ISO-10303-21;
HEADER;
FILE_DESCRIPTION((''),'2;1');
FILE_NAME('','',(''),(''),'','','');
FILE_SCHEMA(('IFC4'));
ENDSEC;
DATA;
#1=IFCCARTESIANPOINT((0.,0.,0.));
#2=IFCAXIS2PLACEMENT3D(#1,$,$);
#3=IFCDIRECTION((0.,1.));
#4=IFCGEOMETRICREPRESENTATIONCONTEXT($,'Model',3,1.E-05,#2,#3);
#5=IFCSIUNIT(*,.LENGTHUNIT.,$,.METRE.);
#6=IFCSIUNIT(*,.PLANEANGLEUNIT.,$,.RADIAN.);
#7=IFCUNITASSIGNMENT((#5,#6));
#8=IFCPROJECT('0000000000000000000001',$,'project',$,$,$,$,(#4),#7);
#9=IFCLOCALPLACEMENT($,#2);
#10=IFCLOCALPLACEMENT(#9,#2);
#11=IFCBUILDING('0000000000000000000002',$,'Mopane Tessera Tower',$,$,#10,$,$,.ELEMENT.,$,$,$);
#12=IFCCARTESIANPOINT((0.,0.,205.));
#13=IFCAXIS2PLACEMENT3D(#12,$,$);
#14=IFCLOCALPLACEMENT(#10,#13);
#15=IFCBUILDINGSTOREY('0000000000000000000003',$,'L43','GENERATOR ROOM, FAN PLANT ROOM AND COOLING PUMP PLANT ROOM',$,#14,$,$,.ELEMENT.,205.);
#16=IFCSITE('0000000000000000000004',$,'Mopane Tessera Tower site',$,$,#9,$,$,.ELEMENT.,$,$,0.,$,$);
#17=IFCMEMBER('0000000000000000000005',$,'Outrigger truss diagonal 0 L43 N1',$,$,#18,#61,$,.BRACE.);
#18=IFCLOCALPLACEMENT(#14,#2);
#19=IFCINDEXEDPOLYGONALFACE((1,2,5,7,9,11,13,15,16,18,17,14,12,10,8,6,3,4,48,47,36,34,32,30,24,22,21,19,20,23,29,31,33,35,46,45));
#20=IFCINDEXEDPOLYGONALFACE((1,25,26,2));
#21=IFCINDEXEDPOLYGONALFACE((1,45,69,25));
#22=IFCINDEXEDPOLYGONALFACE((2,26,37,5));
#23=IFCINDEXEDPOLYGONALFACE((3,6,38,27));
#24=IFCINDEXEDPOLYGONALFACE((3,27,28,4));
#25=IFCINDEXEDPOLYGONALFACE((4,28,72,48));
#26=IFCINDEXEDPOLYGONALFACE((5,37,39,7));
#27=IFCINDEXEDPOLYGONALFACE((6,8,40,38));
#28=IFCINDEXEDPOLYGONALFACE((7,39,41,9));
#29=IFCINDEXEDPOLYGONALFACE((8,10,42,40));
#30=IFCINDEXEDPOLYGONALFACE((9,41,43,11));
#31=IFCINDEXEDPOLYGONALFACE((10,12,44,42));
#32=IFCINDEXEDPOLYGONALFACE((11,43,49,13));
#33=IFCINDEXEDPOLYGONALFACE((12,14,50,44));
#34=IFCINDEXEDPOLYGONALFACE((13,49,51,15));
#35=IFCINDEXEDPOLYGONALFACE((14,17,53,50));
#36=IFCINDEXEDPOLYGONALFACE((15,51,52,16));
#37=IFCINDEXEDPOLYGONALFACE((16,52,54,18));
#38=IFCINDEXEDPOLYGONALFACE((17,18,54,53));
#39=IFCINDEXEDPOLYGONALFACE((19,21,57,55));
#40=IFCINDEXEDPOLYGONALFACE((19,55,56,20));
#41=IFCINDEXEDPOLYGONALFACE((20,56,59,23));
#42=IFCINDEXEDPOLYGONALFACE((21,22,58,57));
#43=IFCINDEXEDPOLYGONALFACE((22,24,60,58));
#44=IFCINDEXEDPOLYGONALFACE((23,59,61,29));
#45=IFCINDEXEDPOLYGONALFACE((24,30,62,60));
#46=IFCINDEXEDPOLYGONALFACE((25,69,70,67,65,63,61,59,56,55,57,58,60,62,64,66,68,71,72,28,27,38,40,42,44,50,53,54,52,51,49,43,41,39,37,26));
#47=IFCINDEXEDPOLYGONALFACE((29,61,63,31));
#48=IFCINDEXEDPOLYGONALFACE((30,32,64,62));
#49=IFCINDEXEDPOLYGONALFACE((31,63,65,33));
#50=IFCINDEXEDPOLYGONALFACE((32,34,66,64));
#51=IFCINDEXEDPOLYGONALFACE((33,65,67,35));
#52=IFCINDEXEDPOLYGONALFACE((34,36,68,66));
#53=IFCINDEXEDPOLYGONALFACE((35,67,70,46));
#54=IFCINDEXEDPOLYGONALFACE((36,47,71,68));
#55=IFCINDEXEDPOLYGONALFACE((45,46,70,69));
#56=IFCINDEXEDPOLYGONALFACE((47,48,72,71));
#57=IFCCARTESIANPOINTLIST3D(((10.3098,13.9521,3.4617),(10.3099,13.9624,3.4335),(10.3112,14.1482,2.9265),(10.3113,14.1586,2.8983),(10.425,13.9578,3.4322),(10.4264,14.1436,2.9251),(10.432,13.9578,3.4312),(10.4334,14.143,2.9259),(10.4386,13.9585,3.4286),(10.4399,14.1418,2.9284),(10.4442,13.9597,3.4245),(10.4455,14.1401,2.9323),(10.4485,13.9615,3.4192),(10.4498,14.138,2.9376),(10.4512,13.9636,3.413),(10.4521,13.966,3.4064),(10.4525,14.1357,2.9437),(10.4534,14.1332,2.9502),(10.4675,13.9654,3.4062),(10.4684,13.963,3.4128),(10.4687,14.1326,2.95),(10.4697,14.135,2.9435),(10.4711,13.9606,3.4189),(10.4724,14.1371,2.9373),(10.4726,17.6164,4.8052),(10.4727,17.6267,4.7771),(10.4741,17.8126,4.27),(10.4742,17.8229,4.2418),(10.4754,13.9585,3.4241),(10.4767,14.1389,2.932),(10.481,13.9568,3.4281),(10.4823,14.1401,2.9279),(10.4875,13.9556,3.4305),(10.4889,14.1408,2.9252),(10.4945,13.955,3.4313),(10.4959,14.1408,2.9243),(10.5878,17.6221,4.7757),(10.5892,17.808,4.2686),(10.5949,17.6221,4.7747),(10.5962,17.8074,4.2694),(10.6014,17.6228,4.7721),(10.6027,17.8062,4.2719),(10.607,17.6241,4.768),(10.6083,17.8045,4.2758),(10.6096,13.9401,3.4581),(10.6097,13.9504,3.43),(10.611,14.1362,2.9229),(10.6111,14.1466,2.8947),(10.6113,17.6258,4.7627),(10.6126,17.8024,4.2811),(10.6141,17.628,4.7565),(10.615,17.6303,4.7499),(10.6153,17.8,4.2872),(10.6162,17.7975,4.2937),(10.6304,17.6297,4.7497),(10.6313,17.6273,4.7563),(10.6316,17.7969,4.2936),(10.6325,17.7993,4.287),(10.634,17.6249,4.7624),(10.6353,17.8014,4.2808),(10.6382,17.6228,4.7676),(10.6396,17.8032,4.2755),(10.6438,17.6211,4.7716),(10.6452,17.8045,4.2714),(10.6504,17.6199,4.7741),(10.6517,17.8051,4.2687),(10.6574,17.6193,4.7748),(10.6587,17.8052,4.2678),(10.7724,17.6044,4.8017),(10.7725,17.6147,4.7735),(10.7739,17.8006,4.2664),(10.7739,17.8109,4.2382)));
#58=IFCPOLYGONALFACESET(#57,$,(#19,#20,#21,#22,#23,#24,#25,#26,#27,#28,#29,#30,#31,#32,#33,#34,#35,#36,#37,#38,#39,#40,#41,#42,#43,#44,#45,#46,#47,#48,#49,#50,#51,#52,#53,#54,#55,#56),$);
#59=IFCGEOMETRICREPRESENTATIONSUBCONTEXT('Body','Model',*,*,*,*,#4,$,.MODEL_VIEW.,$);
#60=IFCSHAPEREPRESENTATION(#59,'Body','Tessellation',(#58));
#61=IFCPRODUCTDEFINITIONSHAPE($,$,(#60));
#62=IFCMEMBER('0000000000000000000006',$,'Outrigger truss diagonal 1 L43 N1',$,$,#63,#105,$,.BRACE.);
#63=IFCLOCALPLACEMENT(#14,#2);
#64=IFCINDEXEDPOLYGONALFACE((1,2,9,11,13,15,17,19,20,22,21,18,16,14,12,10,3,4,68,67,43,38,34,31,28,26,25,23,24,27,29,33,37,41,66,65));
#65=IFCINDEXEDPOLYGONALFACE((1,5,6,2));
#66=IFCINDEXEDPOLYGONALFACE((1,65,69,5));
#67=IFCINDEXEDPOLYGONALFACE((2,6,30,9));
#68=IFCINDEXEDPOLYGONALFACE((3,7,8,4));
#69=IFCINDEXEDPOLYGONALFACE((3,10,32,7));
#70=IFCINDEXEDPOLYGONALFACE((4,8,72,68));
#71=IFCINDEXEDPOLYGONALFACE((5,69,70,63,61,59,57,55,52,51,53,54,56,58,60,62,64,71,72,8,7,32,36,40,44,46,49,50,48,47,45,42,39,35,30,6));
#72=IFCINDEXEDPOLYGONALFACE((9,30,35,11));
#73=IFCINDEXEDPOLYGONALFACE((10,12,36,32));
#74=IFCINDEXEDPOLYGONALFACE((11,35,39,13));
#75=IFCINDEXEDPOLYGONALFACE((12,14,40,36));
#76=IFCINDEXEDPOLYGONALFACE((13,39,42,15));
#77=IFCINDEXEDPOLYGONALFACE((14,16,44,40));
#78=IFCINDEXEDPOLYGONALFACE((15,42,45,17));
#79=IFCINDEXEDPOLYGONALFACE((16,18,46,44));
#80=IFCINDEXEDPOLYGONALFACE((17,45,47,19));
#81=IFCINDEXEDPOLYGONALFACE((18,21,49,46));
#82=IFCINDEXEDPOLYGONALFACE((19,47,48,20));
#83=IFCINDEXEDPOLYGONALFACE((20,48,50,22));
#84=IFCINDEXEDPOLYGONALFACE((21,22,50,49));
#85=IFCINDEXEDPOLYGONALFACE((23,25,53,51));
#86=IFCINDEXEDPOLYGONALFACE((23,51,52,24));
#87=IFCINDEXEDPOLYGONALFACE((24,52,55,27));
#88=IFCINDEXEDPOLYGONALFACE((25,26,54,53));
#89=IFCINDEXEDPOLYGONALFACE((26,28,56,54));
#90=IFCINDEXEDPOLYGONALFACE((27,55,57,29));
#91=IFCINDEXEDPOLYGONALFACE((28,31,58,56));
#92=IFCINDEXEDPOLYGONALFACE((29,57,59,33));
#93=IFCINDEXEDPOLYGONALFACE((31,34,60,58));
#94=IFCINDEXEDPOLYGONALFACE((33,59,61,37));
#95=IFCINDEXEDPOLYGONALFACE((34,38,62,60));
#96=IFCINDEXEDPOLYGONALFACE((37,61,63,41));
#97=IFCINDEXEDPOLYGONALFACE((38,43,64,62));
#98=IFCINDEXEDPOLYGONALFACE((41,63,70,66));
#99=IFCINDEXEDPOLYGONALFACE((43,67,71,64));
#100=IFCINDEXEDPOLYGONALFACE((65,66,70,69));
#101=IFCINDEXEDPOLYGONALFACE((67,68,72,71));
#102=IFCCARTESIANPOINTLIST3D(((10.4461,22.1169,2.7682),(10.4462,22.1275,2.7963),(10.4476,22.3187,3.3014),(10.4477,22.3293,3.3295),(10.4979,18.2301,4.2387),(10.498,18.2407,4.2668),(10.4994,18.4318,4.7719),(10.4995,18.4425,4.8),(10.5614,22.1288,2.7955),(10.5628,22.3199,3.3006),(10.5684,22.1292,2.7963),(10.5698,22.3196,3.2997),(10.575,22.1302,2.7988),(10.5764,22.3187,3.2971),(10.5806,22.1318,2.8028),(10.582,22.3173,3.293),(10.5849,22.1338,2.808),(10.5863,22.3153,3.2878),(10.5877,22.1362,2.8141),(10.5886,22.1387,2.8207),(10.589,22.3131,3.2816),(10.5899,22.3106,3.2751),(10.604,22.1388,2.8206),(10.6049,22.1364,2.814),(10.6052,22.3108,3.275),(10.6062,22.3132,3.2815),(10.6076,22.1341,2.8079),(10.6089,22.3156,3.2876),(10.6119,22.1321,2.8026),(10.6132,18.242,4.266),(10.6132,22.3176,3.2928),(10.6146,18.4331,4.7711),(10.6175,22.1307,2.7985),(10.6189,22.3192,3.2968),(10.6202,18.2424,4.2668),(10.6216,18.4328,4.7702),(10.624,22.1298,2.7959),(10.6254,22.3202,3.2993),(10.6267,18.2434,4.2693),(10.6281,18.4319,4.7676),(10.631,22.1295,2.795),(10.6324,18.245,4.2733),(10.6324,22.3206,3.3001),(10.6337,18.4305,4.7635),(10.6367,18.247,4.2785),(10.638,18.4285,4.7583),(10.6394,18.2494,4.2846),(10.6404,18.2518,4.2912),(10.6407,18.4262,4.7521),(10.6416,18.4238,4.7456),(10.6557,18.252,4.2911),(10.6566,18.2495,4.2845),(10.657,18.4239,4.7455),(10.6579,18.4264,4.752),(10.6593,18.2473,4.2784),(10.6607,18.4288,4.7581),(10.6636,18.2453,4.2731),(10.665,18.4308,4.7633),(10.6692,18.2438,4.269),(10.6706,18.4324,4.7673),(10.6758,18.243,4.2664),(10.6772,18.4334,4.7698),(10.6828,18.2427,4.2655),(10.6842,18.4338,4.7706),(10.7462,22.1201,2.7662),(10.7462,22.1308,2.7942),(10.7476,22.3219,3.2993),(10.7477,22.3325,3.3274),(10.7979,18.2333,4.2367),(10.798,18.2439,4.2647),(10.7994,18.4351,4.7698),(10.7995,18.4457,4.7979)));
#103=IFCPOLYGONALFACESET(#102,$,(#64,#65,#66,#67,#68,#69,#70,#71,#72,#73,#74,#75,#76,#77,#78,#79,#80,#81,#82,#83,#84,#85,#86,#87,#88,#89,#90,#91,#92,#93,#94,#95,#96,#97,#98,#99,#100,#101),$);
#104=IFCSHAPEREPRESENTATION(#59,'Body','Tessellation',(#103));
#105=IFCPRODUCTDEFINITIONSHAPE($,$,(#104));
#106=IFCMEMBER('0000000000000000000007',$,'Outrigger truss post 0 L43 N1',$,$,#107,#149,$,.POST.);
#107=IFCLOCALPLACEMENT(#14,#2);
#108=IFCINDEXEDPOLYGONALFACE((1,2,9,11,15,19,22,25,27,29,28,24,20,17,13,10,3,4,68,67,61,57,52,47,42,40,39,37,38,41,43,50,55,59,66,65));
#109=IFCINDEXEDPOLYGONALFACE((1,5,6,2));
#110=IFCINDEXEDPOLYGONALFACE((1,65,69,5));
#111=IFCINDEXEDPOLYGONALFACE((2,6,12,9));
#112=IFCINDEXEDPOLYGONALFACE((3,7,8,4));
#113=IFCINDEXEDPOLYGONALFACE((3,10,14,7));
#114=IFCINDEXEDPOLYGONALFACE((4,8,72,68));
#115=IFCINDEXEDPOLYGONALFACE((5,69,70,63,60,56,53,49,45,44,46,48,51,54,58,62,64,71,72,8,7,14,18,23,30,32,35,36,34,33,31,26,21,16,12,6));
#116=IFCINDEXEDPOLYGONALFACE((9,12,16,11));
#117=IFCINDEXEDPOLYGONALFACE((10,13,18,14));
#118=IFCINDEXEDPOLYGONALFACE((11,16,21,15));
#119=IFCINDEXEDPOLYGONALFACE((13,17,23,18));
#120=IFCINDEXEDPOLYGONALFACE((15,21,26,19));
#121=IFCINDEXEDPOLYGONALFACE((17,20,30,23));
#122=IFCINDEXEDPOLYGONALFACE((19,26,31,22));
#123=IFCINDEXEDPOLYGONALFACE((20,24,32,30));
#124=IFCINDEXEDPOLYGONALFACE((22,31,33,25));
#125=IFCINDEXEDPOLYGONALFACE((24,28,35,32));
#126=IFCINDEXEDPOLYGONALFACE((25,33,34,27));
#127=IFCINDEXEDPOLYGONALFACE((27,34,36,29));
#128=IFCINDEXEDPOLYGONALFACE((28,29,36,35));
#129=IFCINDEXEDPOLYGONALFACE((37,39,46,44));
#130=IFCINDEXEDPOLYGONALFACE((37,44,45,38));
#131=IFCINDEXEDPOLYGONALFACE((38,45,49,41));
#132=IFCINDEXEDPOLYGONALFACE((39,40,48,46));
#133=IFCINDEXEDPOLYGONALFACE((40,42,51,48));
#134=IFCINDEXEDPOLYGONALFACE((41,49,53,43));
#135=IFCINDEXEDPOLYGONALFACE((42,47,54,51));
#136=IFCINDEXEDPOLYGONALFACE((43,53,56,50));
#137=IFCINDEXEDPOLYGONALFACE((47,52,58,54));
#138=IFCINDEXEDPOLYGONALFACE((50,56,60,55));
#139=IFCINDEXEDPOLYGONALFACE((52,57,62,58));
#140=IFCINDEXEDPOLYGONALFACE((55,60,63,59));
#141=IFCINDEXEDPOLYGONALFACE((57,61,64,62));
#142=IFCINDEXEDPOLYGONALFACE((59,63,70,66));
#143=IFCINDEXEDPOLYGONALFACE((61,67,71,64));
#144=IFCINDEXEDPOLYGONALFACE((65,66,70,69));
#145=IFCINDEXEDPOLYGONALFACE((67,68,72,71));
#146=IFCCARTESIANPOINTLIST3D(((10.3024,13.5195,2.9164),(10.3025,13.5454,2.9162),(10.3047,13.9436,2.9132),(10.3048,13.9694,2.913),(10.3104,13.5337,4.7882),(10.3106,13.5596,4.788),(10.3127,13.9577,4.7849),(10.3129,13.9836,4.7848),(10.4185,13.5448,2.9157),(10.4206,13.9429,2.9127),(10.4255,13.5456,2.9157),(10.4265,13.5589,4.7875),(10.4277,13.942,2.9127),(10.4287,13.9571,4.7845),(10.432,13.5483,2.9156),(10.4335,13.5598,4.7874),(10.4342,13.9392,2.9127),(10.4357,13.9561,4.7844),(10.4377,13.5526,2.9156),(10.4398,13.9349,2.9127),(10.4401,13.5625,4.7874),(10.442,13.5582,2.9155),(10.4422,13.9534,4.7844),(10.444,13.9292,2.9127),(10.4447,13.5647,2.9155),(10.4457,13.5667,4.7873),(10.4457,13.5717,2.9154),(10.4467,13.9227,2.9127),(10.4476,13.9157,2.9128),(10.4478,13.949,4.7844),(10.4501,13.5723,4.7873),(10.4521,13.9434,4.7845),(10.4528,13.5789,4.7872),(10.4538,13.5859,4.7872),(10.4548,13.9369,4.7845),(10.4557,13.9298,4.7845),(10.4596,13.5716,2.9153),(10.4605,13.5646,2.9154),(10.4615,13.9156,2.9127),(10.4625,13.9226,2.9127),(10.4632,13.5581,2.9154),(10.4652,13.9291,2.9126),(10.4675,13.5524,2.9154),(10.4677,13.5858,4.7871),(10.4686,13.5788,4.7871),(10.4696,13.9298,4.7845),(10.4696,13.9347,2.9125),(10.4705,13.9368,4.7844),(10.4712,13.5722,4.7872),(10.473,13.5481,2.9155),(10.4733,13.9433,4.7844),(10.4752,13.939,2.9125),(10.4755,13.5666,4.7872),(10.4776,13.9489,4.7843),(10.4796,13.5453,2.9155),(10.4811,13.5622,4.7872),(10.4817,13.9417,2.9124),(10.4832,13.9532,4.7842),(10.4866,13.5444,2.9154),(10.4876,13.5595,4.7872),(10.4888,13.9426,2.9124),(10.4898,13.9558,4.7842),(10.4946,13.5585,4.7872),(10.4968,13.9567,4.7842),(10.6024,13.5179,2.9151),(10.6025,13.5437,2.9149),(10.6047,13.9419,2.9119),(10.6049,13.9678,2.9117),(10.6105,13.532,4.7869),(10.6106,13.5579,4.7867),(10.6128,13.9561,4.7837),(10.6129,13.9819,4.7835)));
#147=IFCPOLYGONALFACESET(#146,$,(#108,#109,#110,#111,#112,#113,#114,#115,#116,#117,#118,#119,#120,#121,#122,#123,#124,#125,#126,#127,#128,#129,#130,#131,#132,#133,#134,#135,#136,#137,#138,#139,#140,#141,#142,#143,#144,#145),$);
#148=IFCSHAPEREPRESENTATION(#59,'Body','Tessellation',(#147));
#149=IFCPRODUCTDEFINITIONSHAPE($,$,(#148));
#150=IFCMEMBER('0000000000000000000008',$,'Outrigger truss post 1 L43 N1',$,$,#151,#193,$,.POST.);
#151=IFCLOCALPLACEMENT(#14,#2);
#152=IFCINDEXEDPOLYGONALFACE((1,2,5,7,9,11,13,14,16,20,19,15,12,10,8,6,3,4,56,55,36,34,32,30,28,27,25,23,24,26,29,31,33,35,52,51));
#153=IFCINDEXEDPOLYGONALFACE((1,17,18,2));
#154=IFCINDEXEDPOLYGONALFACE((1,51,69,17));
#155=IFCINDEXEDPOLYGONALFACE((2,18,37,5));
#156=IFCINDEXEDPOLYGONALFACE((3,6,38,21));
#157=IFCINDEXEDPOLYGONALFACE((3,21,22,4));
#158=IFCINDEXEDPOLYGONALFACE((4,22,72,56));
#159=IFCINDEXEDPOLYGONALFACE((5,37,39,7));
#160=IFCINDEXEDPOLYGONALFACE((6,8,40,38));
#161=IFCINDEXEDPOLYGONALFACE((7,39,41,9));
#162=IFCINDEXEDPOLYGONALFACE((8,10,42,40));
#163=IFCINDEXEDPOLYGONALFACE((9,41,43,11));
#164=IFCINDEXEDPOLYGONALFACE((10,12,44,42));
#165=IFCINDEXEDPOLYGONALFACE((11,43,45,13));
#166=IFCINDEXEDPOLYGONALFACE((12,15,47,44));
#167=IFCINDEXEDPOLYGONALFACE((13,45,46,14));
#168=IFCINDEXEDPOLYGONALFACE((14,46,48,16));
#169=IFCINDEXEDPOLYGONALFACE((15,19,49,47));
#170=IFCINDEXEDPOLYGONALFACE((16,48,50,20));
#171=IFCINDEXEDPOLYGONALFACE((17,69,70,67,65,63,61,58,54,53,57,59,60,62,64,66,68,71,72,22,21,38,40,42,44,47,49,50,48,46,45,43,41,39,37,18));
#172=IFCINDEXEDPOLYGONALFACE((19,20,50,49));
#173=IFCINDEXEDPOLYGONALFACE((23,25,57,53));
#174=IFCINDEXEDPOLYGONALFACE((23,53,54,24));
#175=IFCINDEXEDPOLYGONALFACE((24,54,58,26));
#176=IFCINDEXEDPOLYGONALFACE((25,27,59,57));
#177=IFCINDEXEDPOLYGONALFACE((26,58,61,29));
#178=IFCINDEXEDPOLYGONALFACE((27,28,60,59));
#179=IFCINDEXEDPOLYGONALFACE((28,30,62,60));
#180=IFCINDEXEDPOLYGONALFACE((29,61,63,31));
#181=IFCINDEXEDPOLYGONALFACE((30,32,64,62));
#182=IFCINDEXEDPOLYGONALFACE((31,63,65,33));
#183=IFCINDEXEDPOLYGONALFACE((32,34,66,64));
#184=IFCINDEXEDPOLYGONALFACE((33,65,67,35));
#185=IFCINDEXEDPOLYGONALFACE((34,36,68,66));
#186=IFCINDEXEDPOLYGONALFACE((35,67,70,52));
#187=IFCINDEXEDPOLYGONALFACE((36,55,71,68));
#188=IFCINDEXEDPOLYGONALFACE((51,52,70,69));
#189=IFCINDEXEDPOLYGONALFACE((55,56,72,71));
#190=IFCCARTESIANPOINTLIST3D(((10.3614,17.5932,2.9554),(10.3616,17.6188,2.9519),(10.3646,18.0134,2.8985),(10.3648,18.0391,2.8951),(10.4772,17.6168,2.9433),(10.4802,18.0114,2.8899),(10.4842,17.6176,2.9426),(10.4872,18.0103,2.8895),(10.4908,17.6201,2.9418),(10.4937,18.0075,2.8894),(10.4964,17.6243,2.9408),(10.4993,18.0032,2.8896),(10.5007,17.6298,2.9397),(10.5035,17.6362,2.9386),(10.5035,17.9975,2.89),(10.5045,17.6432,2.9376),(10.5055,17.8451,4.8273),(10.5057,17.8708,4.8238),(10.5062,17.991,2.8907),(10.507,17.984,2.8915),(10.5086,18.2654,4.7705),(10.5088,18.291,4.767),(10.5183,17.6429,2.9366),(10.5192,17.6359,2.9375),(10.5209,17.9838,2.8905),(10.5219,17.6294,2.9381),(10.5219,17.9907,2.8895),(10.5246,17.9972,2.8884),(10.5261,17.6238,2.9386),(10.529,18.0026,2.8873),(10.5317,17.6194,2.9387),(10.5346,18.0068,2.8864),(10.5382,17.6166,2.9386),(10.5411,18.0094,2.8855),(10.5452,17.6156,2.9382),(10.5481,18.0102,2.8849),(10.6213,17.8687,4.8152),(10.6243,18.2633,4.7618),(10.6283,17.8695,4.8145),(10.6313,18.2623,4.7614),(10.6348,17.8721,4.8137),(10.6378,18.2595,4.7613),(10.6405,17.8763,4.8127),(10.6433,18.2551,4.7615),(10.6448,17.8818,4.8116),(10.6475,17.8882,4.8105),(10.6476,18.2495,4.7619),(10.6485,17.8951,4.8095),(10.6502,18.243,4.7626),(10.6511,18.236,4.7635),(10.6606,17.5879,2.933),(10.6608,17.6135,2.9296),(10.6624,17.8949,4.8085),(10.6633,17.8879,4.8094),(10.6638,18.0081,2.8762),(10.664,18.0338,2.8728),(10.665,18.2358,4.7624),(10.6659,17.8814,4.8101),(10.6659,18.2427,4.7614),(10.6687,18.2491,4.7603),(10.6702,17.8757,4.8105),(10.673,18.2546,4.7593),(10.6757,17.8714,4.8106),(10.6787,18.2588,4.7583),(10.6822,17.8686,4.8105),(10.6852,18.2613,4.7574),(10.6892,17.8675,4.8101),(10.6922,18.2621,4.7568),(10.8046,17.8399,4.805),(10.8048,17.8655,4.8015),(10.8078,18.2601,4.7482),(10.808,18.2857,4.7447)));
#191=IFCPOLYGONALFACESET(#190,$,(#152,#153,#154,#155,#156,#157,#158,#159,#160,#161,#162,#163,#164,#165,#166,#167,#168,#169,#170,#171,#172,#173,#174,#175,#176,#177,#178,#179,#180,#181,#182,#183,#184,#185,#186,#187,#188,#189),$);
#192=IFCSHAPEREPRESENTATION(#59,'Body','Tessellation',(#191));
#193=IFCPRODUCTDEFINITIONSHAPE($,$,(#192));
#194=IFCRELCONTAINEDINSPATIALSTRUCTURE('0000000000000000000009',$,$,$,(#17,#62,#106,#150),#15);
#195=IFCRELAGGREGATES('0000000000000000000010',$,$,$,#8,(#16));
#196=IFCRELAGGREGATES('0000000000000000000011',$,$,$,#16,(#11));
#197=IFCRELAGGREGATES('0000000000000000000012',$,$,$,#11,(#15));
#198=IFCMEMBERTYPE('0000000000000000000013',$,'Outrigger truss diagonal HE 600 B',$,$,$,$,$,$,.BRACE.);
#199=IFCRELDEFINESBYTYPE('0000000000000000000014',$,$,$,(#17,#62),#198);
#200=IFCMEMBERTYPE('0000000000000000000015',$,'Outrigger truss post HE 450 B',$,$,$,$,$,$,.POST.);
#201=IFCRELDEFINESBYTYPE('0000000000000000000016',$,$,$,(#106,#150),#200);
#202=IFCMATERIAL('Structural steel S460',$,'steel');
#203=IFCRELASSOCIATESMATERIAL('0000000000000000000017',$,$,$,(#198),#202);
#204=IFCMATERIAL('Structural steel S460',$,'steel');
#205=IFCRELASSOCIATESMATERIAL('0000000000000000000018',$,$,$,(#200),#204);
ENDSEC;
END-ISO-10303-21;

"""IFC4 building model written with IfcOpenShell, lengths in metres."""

from ifc_helpers import new_model, si_unit, direction, frame, origin, origin_2d, place, context, subcontext, project, spatial, i_section, extrude, material, material_profile, profile_set, type_object, element, save


model = new_model("IFC4")

# Units and contexts
model_context = context("Model", 3, precision=1e-05, world=origin(), true_north=direction((0.0, 1.0)))
body_context = subcontext(model_context, "Body", "Model", "MODEL_VIEW")
ifc_project = project(units=[si_unit("LENGTHUNIT", "METRE"), si_unit("PLANEANGLEUNIT", "RADIAN")], contexts=[model_context])

# Site, building, storey
site_placement = place(None, origin())
site = spatial("IfcSite", under=ifc_project, at=site_placement, Name="Mopane Tessera Tower site", CompositionType="ELEMENT", RefElevation=0.0)
building_placement = place(site_placement, origin())
building = spatial("IfcBuilding", under=site, at=building_placement, Name="Mopane Tessera Tower", CompositionType="ELEMENT")
storey_placement = place(building_placement, frame((0.0, 0.0, 205.0)))
storey = spatial("IfcBuildingStorey", under=building, at=storey_placement, Name="L43", Description="GENERATOR ROOM, FAN PLANT ROOM AND COOLING PUMP PLANT ROOM", CompositionType="ELEMENT", Elevation=205.0)

# Members
ifc_material_1 = material(Name="Structural steel S460", Category="steel")
ifc_material_profile_1 = material_profile(ifc_material_1, i_section(OverallWidth=0.3, OverallDepth=0.6001, WebThickness=0.0154, FlangeThickness=0.03, FilletRadius=0.0271, at=origin_2d()))
ifc_profile_set_1 = profile_set([ifc_material_profile_1], Name="Structural steel S460")
member_type_1 = type_object("IfcMemberType", Name="Outrigger truss diagonal HE 600 B", PredefinedType="BRACE", material=ifc_profile_set_1)
member_1_placement = place(storey_placement, frame((10.4604, 14.0493, 3.1782), z_axis=(0.041688, 0.938066, 0.343939), x_axis=(-0.999127, 0.040014, 0.011966)))
element("IfcMember", 1, at=member_1_placement, inside=storey, type_object=member_type_1, Name="Outrigger truss diagonal 0 L43 N1", PredefinedType="BRACE", context=body_context, shape_type="SweptSolid", body=[
    extrude(i_section(OverallWidth=0.3, OverallDepth=0.6001, WebThickness=0.0154, FlangeThickness=0.03, FilletRadius=0.0271, at=origin_2d()), origin(), (0.0, 0.0, 1.0), 3.9062),
])
member_2_placement = place(storey_placement, frame((10.6487, 18.3379, 4.5183), z_axis=(-0.012454, 0.935229, -0.353824), x_axis=(-0.999919, -0.010726, 0.006844)))
element("IfcMember", 2, at=member_2_placement, inside=storey, type_object=member_type_1, Name="Outrigger truss diagonal 1 L43 N1", PredefinedType="BRACE", context=body_context, shape_type="SweptSolid", body=[
    extrude(i_section(OverallWidth=0.3, OverallDepth=0.6001, WebThickness=0.0154, FlangeThickness=0.03, FilletRadius=0.0271, at=origin_2d()), origin(), (0.0, 0.0, 1.0), 4.156),
])
ifc_material_2 = material(Name="Structural steel S460", Category="steel")
ifc_material_profile_2 = material_profile(ifc_material_2, i_section(OverallWidth=0.3, OverallDepth=0.45, WebThickness=0.0139, FlangeThickness=0.0259, FilletRadius=0.0271, at=origin_2d()))
ifc_profile_set_2 = profile_set([ifc_material_profile_2], Name="Structural steel S460")
member_type_2 = type_object("IfcMemberType", Name="Outrigger truss post HE 450 B", PredefinedType="POST", material=ifc_profile_set_2)
member_3_placement = place(storey_placement, frame((10.4536, 13.7437, 2.9141), z_axis=(0.004304, 0.007565, 0.999962), x_axis=(-0.999976, 0.005522, 0.004262)))
element("IfcMember", 3, at=member_3_placement, inside=storey, type_object=member_type_2, Name="Outrigger truss post 0 L43 N1", PredefinedType="POST", context=body_context, shape_type="SweptSolid", body=[
    extrude(i_section(OverallWidth=0.3, OverallDepth=0.45, WebThickness=0.0139, FlangeThickness=0.0259, FilletRadius=0.0271, at=origin_2d()), origin(), (0.0, 0.0, 1.0), 1.8718),
])
member_4_placement = place(storey_placement, frame((10.5127, 17.8135, 2.9141), z_axis=(0.076045, 0.133014, 0.988193), x_axis=(-0.997076, 0.017583, 0.074361)))
element("IfcMember", 4, at=member_4_placement, inside=storey, type_object=member_type_2, Name="Outrigger truss post 1 L43 N1", PredefinedType="POST", context=body_context, shape_type="SweptSolid", body=[
    extrude(i_section(OverallWidth=0.3, OverallDepth=0.45, WebThickness=0.0139, FlangeThickness=0.0259, FilletRadius=0.0271, at=origin_2d()), origin(), (0.0, 0.0, 1.0), 1.8943),
])

save(model, "model.ifc")
